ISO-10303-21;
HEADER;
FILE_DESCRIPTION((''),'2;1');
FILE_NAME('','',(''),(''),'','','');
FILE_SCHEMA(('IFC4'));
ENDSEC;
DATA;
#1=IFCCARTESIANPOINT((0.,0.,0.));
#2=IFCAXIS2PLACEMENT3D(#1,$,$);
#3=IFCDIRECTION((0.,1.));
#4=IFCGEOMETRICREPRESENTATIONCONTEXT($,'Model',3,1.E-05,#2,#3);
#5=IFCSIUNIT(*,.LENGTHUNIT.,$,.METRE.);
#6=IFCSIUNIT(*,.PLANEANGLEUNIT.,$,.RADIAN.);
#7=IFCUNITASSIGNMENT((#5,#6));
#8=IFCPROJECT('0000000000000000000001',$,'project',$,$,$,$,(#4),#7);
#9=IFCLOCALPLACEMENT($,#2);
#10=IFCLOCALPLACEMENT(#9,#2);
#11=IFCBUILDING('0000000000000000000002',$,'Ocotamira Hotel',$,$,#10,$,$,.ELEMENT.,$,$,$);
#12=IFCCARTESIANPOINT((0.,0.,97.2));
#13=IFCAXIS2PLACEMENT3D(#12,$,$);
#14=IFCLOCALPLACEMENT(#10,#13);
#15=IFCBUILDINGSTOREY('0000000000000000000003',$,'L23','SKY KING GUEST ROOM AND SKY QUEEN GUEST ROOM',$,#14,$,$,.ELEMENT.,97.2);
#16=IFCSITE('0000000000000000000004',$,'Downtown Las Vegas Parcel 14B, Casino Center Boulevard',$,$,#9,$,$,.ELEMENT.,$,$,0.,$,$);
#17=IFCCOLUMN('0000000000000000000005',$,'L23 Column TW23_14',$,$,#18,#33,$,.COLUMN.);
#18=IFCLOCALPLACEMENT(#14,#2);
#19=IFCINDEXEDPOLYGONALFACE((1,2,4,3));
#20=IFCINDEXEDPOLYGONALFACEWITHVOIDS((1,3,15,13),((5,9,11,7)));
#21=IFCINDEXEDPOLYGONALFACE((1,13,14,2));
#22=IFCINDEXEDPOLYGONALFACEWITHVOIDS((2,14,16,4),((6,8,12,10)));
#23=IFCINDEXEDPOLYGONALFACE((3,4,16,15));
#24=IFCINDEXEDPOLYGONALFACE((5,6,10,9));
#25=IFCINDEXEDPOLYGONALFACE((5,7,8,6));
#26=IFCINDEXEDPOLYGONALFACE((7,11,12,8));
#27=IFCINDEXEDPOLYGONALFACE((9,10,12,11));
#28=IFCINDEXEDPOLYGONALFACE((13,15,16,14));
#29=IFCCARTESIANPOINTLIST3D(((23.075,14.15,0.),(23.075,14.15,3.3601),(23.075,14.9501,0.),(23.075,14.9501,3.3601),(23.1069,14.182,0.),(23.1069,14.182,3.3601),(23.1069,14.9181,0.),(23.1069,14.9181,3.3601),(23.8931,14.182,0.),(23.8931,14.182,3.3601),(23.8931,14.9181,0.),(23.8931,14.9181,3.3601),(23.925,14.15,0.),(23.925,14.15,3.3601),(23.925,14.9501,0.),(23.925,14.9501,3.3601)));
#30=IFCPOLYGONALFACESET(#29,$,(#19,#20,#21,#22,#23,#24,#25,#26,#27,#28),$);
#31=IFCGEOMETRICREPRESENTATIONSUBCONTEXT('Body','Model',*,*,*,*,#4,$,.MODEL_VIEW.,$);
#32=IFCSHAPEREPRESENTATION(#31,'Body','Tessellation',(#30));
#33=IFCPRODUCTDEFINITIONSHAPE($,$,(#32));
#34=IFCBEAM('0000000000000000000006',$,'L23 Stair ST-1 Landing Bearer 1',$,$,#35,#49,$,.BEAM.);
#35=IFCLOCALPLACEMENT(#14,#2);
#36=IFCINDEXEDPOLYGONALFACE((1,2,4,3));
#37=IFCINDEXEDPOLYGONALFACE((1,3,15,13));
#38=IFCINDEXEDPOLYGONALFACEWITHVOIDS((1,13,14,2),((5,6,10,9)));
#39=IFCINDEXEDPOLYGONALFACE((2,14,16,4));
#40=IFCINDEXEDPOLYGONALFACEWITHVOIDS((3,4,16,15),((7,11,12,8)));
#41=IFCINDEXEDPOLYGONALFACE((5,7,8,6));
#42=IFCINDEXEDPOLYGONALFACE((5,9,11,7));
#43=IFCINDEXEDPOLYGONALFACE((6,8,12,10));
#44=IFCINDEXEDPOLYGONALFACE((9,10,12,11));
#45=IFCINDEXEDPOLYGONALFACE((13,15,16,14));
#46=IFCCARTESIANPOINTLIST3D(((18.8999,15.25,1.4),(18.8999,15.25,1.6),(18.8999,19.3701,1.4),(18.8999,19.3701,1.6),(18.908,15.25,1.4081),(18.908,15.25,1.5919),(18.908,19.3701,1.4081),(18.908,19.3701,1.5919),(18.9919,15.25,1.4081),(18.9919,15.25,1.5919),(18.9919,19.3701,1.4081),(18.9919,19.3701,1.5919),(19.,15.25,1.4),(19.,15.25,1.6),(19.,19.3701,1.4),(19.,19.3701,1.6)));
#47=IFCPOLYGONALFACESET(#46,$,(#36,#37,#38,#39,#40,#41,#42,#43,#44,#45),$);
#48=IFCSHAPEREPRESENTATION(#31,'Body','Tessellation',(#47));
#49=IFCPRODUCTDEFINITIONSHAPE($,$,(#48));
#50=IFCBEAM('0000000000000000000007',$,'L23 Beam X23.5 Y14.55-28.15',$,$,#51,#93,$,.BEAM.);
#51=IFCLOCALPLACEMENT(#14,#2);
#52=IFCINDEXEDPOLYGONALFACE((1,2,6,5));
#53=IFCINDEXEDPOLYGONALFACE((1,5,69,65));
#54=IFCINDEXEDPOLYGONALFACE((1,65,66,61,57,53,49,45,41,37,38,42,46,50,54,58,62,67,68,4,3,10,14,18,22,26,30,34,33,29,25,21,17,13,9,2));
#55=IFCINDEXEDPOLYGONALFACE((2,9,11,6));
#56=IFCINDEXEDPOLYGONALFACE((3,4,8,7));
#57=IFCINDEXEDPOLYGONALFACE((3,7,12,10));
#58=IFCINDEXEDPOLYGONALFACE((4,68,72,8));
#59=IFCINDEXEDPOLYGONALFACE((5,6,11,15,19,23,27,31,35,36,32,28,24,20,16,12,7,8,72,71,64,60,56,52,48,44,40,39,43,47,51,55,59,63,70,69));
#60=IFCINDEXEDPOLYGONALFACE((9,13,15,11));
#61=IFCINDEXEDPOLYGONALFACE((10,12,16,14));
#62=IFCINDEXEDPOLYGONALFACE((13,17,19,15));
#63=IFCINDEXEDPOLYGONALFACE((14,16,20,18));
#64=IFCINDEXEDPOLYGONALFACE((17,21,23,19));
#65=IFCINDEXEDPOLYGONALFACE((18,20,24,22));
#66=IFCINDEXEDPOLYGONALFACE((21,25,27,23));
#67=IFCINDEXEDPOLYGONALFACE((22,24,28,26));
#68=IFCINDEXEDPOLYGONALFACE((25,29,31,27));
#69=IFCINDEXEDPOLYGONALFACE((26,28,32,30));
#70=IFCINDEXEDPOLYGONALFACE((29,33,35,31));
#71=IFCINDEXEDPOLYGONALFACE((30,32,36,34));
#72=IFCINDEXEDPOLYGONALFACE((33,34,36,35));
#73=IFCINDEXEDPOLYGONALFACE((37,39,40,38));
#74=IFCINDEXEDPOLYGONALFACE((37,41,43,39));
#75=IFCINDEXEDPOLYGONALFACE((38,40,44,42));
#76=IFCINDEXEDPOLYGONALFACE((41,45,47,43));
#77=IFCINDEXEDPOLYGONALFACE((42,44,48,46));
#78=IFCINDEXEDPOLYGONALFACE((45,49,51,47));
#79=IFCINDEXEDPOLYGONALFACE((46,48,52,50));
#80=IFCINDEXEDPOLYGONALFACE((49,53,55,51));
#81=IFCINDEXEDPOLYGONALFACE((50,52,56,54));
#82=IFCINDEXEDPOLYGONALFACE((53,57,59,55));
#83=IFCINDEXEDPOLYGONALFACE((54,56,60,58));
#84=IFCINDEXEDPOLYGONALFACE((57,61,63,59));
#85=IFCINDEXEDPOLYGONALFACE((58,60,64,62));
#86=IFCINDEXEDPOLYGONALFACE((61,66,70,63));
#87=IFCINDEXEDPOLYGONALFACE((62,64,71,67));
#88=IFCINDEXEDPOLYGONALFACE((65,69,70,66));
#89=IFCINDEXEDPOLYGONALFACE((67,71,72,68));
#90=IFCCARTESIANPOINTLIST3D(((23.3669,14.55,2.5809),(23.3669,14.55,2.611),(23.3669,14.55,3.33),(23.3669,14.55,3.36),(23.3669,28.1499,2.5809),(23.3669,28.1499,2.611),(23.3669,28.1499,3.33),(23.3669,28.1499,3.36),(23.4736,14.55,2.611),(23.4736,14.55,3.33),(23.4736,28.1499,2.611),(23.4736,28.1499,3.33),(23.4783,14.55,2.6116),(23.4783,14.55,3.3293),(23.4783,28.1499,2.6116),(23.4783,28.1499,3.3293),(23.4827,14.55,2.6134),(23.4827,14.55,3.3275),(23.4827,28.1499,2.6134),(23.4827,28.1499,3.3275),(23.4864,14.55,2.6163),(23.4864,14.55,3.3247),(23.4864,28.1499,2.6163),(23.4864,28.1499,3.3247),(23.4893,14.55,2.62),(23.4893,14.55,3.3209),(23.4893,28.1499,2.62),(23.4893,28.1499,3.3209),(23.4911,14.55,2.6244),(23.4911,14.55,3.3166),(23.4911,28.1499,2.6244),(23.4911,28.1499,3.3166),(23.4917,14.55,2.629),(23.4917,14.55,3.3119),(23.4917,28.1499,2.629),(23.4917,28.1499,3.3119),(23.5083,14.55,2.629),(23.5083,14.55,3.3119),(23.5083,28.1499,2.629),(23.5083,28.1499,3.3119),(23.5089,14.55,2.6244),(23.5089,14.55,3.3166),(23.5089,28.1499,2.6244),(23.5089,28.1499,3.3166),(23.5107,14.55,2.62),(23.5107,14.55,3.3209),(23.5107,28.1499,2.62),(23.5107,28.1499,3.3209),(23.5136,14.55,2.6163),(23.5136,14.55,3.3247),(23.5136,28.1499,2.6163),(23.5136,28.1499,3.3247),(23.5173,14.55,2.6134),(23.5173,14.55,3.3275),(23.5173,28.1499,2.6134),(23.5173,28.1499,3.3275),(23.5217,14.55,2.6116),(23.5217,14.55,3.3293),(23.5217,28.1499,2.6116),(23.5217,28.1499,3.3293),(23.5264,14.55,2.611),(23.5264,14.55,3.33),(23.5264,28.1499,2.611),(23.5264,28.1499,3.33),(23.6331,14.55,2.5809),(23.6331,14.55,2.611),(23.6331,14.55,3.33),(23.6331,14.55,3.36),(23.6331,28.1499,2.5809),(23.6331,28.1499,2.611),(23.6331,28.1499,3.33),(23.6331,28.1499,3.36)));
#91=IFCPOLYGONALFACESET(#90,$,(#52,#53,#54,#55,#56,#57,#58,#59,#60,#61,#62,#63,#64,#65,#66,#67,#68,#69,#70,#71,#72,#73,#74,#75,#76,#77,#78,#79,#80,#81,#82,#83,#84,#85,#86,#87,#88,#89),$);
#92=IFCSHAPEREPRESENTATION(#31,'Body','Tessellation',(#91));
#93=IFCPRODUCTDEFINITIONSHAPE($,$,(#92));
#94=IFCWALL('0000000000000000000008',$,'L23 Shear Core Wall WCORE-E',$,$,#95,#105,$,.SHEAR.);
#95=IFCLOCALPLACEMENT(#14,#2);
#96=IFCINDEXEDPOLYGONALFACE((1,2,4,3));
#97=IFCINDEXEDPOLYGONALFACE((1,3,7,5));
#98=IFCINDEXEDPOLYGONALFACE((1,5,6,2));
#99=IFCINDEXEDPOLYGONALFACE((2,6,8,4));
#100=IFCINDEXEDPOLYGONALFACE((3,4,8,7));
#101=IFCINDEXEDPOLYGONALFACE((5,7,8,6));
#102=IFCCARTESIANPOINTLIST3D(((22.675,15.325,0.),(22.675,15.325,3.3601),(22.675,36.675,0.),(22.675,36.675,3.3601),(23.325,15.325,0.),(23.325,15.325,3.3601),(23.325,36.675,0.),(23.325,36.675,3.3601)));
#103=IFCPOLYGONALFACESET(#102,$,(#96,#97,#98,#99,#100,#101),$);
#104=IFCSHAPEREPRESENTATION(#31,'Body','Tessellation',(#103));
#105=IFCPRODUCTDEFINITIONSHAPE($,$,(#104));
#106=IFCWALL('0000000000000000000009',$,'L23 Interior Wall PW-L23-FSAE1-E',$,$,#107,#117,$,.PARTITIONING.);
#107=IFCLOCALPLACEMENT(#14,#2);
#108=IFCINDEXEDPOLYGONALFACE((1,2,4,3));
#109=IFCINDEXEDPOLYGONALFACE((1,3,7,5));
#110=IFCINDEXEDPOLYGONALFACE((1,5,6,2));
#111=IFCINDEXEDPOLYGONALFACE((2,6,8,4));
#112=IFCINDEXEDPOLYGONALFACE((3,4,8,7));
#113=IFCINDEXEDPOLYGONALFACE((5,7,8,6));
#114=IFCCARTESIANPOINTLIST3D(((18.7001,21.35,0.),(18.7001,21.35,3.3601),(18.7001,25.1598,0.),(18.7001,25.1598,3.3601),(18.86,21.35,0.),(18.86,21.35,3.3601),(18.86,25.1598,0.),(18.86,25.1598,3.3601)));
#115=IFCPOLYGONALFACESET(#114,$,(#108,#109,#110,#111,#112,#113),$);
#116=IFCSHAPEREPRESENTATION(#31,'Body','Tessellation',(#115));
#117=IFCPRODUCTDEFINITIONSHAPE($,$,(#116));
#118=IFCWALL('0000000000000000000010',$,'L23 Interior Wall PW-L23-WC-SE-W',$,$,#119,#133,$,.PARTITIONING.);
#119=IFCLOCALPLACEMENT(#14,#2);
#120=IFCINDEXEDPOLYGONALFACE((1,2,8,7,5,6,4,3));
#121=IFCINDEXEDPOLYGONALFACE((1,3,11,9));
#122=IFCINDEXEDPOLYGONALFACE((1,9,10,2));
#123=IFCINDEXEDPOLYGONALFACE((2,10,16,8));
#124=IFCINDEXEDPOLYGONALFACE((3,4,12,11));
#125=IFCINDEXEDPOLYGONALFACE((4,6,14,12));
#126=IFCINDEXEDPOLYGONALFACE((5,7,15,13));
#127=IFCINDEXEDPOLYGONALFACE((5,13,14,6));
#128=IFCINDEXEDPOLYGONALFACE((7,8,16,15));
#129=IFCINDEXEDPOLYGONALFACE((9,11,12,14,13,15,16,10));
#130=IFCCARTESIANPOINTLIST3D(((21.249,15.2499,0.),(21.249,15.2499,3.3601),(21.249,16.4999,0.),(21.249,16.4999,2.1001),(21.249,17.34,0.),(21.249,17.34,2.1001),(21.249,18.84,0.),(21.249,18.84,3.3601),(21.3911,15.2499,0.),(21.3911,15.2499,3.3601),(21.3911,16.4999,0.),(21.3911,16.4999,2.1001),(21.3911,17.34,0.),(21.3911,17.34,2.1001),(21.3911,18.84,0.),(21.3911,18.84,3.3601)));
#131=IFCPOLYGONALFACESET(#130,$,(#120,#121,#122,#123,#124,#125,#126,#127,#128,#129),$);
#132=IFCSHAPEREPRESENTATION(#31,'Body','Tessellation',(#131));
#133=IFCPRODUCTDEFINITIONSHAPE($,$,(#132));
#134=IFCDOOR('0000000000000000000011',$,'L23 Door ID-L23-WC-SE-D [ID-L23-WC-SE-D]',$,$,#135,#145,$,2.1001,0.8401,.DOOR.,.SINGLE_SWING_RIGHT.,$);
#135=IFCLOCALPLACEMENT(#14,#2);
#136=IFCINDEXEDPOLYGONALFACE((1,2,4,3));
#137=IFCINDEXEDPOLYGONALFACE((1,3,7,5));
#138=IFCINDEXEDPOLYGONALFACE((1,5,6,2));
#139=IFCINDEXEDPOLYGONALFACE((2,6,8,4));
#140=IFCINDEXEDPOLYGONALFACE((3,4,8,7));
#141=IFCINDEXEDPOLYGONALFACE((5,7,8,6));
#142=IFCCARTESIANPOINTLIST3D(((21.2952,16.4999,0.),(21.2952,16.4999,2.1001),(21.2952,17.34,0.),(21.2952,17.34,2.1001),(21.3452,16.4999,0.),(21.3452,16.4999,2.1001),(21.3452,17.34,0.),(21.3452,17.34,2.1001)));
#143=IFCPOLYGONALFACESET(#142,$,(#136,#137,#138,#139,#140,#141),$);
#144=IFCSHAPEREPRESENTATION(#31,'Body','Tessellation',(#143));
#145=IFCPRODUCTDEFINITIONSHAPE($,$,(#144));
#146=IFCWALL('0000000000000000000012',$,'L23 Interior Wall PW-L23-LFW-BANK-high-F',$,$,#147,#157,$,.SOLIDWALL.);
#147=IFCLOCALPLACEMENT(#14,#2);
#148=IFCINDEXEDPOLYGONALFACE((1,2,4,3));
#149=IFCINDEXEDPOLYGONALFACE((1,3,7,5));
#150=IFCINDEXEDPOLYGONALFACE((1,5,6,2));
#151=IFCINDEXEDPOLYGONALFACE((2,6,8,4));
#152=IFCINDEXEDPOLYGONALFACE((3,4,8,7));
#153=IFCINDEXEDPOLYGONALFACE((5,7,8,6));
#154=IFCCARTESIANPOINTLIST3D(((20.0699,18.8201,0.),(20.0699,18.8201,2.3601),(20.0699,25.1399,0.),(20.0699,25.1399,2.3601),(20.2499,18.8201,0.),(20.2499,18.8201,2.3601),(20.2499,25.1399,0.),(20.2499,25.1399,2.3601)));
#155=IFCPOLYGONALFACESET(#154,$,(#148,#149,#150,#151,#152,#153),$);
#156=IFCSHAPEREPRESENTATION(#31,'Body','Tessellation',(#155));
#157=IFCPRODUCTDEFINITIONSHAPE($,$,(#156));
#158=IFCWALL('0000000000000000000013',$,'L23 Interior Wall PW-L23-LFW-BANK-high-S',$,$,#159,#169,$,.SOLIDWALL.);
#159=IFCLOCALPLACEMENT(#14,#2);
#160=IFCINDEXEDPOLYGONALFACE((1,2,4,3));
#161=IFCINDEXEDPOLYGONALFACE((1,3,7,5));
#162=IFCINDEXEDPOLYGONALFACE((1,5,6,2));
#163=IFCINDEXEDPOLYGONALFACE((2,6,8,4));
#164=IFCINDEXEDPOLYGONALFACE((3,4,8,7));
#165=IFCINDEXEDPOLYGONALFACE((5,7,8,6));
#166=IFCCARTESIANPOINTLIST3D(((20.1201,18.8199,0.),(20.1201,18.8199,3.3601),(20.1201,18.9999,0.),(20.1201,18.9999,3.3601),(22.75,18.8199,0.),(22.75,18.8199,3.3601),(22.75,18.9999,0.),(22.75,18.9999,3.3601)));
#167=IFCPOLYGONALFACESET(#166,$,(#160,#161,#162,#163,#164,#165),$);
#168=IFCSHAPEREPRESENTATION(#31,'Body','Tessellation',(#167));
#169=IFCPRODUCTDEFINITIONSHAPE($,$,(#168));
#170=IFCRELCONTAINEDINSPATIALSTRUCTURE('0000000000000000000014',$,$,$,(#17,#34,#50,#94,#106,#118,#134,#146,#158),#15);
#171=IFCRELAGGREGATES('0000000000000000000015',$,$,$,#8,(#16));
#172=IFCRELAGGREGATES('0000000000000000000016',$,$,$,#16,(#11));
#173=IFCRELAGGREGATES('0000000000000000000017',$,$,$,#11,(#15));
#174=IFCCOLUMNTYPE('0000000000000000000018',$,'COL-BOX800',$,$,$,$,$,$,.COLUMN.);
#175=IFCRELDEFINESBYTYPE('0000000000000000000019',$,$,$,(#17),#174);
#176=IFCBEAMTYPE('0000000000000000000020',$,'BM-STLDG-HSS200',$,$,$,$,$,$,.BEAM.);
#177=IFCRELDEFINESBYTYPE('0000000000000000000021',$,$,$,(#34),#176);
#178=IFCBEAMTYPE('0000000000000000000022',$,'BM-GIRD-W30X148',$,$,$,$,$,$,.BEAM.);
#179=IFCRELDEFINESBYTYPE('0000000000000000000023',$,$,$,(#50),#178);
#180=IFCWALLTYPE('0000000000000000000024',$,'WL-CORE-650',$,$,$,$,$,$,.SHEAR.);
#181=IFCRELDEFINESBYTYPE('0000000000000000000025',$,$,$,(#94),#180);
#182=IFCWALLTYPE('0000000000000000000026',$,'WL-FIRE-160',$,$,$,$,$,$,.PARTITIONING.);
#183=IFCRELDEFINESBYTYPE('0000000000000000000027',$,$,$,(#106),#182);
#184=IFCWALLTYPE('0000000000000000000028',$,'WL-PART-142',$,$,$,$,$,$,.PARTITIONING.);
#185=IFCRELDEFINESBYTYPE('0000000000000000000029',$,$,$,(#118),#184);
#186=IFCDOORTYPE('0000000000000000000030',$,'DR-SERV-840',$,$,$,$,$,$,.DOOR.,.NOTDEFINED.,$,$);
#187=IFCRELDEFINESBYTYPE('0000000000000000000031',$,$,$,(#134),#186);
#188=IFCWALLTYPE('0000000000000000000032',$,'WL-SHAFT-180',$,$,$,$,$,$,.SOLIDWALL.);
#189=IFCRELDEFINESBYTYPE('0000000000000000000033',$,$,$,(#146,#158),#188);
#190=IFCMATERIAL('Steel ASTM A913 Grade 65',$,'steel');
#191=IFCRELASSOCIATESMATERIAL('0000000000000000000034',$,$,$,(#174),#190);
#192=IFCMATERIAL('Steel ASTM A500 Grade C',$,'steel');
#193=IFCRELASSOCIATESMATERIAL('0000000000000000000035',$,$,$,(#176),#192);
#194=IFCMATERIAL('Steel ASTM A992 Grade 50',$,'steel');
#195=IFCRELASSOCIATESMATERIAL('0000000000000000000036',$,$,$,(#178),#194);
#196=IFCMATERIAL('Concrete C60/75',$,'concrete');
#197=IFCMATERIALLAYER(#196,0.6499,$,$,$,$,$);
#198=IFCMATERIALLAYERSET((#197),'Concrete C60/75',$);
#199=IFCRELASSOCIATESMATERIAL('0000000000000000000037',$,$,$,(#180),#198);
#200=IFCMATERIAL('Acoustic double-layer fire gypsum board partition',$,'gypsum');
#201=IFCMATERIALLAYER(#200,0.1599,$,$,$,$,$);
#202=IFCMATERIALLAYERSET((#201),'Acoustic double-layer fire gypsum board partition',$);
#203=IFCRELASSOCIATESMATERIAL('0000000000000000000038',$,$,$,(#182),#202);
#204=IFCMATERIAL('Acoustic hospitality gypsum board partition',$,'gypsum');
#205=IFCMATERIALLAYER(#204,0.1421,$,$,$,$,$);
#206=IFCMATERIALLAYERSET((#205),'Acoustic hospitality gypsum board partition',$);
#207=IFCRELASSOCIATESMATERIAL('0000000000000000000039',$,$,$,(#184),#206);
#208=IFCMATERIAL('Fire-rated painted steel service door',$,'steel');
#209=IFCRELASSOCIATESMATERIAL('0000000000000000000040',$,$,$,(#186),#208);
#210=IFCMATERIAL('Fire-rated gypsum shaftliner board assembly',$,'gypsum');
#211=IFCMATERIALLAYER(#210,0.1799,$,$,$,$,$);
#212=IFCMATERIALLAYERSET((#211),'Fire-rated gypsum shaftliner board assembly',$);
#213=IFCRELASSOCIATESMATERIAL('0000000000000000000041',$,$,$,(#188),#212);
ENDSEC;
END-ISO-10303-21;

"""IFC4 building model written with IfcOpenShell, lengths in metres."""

from ifc_helpers import new_model, si_unit, direction, frame, frame_2d, origin, origin_2d, place, context, subcontext, project, spatial, rectangle, hollow_rectangle, i_section, extrude, source, transform, mapped, material, layer, layer_set, material_profile, profile_set, type_object, element, fill, save


model = new_model("IFC4")

# Units and contexts
model_context = context("Model", 3, precision=1e-05, world=origin(), true_north=direction((0.0, 1.0)))
body_context = subcontext(model_context, "Body", "Model", "MODEL_VIEW")
ifc_project = project(units=[si_unit("LENGTHUNIT", "METRE"), si_unit("PLANEANGLEUNIT", "RADIAN")], contexts=[model_context])

# Site, building, storey
site_placement = place(None, origin())
site = spatial("IfcSite", under=ifc_project, at=site_placement, Name="Downtown Las Vegas Parcel 14B, Casino Center Boulevard", CompositionType="ELEMENT", RefElevation=0.0)
building_placement = place(site_placement, origin())
building = spatial("IfcBuilding", under=site, at=building_placement, Name="Ocotamira Hotel", CompositionType="ELEMENT")
storey_placement = place(building_placement, frame((0.0, 0.0, 97.2)))
storey = spatial("IfcBuildingStorey", under=building, at=storey_placement, Name="L23", Description="SKY KING GUEST ROOM AND SKY QUEEN GUEST ROOM", CompositionType="ELEMENT", Elevation=97.2)

# Column
ifc_material_1 = material(Name="Steel ASTM A913 Grade 65", Category="steel")
ifc_material_profile_1 = material_profile(ifc_material_1, hollow_rectangle(XDim=0.8501, YDim=0.8, WallThickness=0.032, at=origin_2d()), Name="BOX800X850X32")
ifc_profile_set_1 = profile_set([ifc_material_profile_1], Name="Steel ASTM A913 Grade 65")
column_type = type_object("IfcColumnType", Name="COL-BOX800", PredefinedType="COLUMN", material=ifc_profile_set_1)
shared_shape_1 = source(origin(), body_context, "Body", "SweptSolid", [
    extrude(hollow_rectangle(XDim=0.8501, YDim=0.8, WallThickness=0.032, at=origin_2d()), origin(), (0.0, 0.0, 1.0), 3.3601),
])
column_placement = place(storey_placement, frame((23.5, 14.55, 0.0), z_axis=(0.0, 0.0, 1.0), x_axis=(1.0, 0.0, 0.0)))
element("IfcColumn", 1, at=column_placement, inside=storey, type_object=column_type, Name="L23 Column TW23_14", PredefinedType="COLUMN", context=body_context, shape_type="MappedRepresentation", body=[
    mapped(shared_shape_1, transform((0.0, 0.0, 0.0), scale=1.0)),
])

# Beams
ifc_material_2 = material(Name="Steel ASTM A500 Grade C", Category="steel")
ifc_material_profile_2 = material_profile(ifc_material_2, hollow_rectangle(XDim=0.1001, YDim=0.2, WallThickness=0.0081, at=origin_2d()), Name="HSS200X100X8")
ifc_profile_set_2 = profile_set([ifc_material_profile_2], Name="Steel ASTM A500 Grade C")
beam_type_1 = type_object("IfcBeamType", Name="BM-STLDG-HSS200", PredefinedType="BEAM", material=ifc_profile_set_2)
shared_shape_2 = source(origin(), body_context, "Body", "SweptSolid", [
    extrude(hollow_rectangle(XDim=0.1001, YDim=0.2, WallThickness=0.0081, at=origin_2d()), origin(), (0.0, 0.0, 1.0), 4.1201),
])
beam_1_placement = place(storey_placement, frame((18.95, 15.25, 1.5), z_axis=(0.0, 1.0, 0.0), x_axis=(-1.0, 0.0, 0.0)))
element("IfcBeam", 2, at=beam_1_placement, inside=storey, type_object=beam_type_1, Name="L23 Stair ST-1 Landing Bearer 1", PredefinedType="BEAM", context=body_context, shape_type="MappedRepresentation", body=[
    mapped(shared_shape_2, transform((0.0, 0.0, 0.0), scale=1.0)),
])
ifc_material_3 = material(Name="Steel ASTM A992 Grade 50", Category="steel")
ifc_material_profile_3 = material_profile(ifc_material_3, i_section(OverallWidth=0.2661, OverallDepth=0.7791, WebThickness=0.0166, FlangeThickness=0.03, FilletRadius=0.0181, at=origin_2d()), Name="W30X148")
ifc_profile_set_3 = profile_set([ifc_material_profile_3], Name="Steel ASTM A992 Grade 50")
beam_type_2 = type_object("IfcBeamType", Name="BM-GIRD-W30X148", PredefinedType="BEAM", material=ifc_profile_set_3)
shared_shape_3 = source(origin(), body_context, "Body", "SweptSolid", [
    extrude(i_section(OverallWidth=0.2661, OverallDepth=0.7791, WebThickness=0.0166, FlangeThickness=0.03, FilletRadius=0.0181, at=origin_2d()), origin(), (0.0, 0.0, 1.0), 13.5999),
])
beam_2_placement = place(storey_placement, frame((23.5, 14.55, 2.9705), z_axis=(0.0, 1.0, 0.0), x_axis=(-1.0, 0.0, 0.0)))
element("IfcBeam", 3, at=beam_2_placement, inside=storey, type_object=beam_type_2, Name="L23 Beam X23.5 Y14.55-28.15", PredefinedType="BEAM", context=body_context, shape_type="MappedRepresentation", body=[
    mapped(shared_shape_3, transform((0.0, 0.0, 0.0), scale=1.0)),
])

# Wall
ifc_material_4 = material(Name="Concrete C60/75", Category="concrete")
ifc_layer_1 = layer(ifc_material_4, 0.6499)
ifc_layer_set_1 = layer_set([ifc_layer_1], Name="Concrete C60/75")
wall_type_1 = type_object("IfcWallType", Name="WL-CORE-650", PredefinedType="SHEAR", material=ifc_layer_set_1)
wall_1_placement = place(storey_placement, frame((23.0, 15.325, 0.0), z_axis=(0.0, 0.0, 1.0), x_axis=(0.0, 1.0, 0.0)))
element("IfcWall", 4, at=wall_1_placement, inside=storey, type_object=wall_type_1, Name="L23 Shear Core Wall WCORE-E", PredefinedType="SHEAR", context=body_context, shape_type="SweptSolid", body=[
    extrude(rectangle(XDim=21.3501, YDim=0.6499, at=frame_2d((10.675, 0.0))), origin(), (0.0, 0.0, 1.0), 3.3601),
])

# Shared definitions
ifc_material_5 = material(Name="Acoustic double-layer fire gypsum board partition", Category="gypsum")
ifc_layer_2 = layer(ifc_material_5, 0.1599)
ifc_layer_set_2 = layer_set([ifc_layer_2], Name="Acoustic double-layer fire gypsum board partition")
wall_type_2 = type_object("IfcWallType", Name="WL-FIRE-160", PredefinedType="PARTITIONING", material=ifc_layer_set_2)

# Wall
wall_2_placement = place(storey_placement, frame((18.78, 21.3501, 0.0), z_axis=(0.0, 0.0, 1.0), x_axis=(0.0, 1.0, 0.0)))
element("IfcWall", 5, at=wall_2_placement, inside=storey, type_object=wall_type_2, Name="L23 Interior Wall PW-L23-FSAE1-E", PredefinedType="PARTITIONING", context=body_context, shape_type="SweptSolid", body=[
    extrude(rectangle(XDim=3.8098, YDim=0.1599, at=frame_2d((1.9048, 0.0))), origin(), (0.0, 0.0, 1.0), 3.3601),
])

# Wall, opening, door
ifc_material_6 = material(Name="Acoustic hospitality gypsum board partition", Category="gypsum")
ifc_layer_3 = layer(ifc_material_6, 0.1421)
ifc_layer_set_3 = layer_set([ifc_layer_3], Name="Acoustic hospitality gypsum board partition")
wall_type_3 = type_object("IfcWallType", Name="WL-PART-142", PredefinedType="PARTITIONING", material=ifc_layer_set_3)
wall_3_placement = place(storey_placement, frame((21.3201, 15.25, 0.0), z_axis=(0.0, 0.0, 1.0), x_axis=(0.0, 1.0, 0.0)))
wall_3 = element("IfcWall", 6, at=wall_3_placement, inside=storey, type_object=wall_type_3, Name="L23 Interior Wall PW-L23-WC-SE-W", PredefinedType="PARTITIONING", context=body_context, shape_type="SweptSolid", body=[
    extrude(rectangle(XDim=3.5901, YDim=0.1421, at=frame_2d((1.7949, 0.0))), origin(), (0.0, 0.0, 1.0), 3.3601),
])
opening_1_placement = place(wall_3_placement, frame((1.25, 0.0, 0.0)))
opening_1 = element("IfcOpeningElement", 7, at=opening_1_placement, cuts=wall_3, PredefinedType="OPENING", context=body_context, shape_type="SweptSolid", body=[
    extrude(rectangle(XDim=0.8401, YDim=2.1001, at=frame_2d((0.4199, 1.05))), frame((0.0, 0.0811, 0.0), z_axis=(0.0, -1.0, 0.0), x_axis=(1.0, 0.0, 0.0)), (0.0, 0.0, 1.0), 0.1621),
])
ifc_material_7 = material(Name="Fire-rated painted steel service door", Category="steel")
door_type_1 = type_object("IfcDoorType", Name="DR-SERV-840", OperationType="NOTDEFINED", PredefinedType="DOOR", material=ifc_material_7)
shared_shape_4 = source(origin(), body_context, "Body", "SweptSolid", [
    extrude(rectangle(XDim=0.8401, YDim=2.1001, at=frame_2d((0.4199, 1.05))), frame((0.0, 0.0249, 0.0), z_axis=(0.0, -1.0, 0.0), x_axis=(1.0, 0.0, 0.0)), (0.0, 0.0, 1.0), 0.05),
])
door_1_placement = place(opening_1_placement, origin())
door_1 = element("IfcDoor", 8, at=door_1_placement, inside=storey, type_object=door_type_1, Name="L23 Door ID-L23-WC-SE-D [ID-L23-WC-SE-D]", OperationType="SINGLE_SWING_RIGHT", OverallHeight=2.1001, OverallWidth=0.8401, PredefinedType="DOOR", context=body_context, shape_type="MappedRepresentation", body=[
    mapped(shared_shape_4, transform((0.0, 0.0, 0.0), scale=1.0)),
])
fill(opening_1, door_1)

# Walls
ifc_material_8 = material(Name="Fire-rated gypsum shaftliner board assembly", Category="gypsum")
ifc_layer_4 = layer(ifc_material_8, 0.1799)
ifc_layer_set_4 = layer_set([ifc_layer_4], Name="Fire-rated gypsum shaftliner board assembly")
wall_type_4 = type_object("IfcWallType", Name="WL-SHAFT-180", PredefinedType="SOLIDWALL", material=ifc_layer_set_4)
wall_4_placement = place(storey_placement, frame((20.1599, 18.8201, 0.0), z_axis=(0.0, 0.0, 1.0), x_axis=(0.0, 1.0, 0.0)))
element("IfcWall", 9, at=wall_4_placement, inside=storey, type_object=wall_type_4, Name="L23 Interior Wall PW-L23-LFW-BANK-high-F", PredefinedType="SOLIDWALL", context=body_context, shape_type="SweptSolid", body=[
    extrude(rectangle(XDim=6.3198, YDim=0.1799, at=frame_2d((3.1599, 0.0))), origin(), (0.0, 0.0, 1.0), 2.3601),
])
wall_5_placement = place(storey_placement, frame((20.1201, 18.9099, 0.0), z_axis=(0.0, 0.0, 1.0), x_axis=(1.0, 0.0, 0.0)))
element("IfcWall", 10, at=wall_5_placement, inside=storey, type_object=wall_type_4, Name="L23 Interior Wall PW-L23-LFW-BANK-high-S", PredefinedType="SOLIDWALL", context=body_context, shape_type="SweptSolid", body=[
    extrude(rectangle(XDim=2.6299, YDim=0.1799, at=frame_2d((1.3149, 0.0))), origin(), (0.0, 0.0, 1.0), 3.3601),
])

save(model, "model.ifc")
